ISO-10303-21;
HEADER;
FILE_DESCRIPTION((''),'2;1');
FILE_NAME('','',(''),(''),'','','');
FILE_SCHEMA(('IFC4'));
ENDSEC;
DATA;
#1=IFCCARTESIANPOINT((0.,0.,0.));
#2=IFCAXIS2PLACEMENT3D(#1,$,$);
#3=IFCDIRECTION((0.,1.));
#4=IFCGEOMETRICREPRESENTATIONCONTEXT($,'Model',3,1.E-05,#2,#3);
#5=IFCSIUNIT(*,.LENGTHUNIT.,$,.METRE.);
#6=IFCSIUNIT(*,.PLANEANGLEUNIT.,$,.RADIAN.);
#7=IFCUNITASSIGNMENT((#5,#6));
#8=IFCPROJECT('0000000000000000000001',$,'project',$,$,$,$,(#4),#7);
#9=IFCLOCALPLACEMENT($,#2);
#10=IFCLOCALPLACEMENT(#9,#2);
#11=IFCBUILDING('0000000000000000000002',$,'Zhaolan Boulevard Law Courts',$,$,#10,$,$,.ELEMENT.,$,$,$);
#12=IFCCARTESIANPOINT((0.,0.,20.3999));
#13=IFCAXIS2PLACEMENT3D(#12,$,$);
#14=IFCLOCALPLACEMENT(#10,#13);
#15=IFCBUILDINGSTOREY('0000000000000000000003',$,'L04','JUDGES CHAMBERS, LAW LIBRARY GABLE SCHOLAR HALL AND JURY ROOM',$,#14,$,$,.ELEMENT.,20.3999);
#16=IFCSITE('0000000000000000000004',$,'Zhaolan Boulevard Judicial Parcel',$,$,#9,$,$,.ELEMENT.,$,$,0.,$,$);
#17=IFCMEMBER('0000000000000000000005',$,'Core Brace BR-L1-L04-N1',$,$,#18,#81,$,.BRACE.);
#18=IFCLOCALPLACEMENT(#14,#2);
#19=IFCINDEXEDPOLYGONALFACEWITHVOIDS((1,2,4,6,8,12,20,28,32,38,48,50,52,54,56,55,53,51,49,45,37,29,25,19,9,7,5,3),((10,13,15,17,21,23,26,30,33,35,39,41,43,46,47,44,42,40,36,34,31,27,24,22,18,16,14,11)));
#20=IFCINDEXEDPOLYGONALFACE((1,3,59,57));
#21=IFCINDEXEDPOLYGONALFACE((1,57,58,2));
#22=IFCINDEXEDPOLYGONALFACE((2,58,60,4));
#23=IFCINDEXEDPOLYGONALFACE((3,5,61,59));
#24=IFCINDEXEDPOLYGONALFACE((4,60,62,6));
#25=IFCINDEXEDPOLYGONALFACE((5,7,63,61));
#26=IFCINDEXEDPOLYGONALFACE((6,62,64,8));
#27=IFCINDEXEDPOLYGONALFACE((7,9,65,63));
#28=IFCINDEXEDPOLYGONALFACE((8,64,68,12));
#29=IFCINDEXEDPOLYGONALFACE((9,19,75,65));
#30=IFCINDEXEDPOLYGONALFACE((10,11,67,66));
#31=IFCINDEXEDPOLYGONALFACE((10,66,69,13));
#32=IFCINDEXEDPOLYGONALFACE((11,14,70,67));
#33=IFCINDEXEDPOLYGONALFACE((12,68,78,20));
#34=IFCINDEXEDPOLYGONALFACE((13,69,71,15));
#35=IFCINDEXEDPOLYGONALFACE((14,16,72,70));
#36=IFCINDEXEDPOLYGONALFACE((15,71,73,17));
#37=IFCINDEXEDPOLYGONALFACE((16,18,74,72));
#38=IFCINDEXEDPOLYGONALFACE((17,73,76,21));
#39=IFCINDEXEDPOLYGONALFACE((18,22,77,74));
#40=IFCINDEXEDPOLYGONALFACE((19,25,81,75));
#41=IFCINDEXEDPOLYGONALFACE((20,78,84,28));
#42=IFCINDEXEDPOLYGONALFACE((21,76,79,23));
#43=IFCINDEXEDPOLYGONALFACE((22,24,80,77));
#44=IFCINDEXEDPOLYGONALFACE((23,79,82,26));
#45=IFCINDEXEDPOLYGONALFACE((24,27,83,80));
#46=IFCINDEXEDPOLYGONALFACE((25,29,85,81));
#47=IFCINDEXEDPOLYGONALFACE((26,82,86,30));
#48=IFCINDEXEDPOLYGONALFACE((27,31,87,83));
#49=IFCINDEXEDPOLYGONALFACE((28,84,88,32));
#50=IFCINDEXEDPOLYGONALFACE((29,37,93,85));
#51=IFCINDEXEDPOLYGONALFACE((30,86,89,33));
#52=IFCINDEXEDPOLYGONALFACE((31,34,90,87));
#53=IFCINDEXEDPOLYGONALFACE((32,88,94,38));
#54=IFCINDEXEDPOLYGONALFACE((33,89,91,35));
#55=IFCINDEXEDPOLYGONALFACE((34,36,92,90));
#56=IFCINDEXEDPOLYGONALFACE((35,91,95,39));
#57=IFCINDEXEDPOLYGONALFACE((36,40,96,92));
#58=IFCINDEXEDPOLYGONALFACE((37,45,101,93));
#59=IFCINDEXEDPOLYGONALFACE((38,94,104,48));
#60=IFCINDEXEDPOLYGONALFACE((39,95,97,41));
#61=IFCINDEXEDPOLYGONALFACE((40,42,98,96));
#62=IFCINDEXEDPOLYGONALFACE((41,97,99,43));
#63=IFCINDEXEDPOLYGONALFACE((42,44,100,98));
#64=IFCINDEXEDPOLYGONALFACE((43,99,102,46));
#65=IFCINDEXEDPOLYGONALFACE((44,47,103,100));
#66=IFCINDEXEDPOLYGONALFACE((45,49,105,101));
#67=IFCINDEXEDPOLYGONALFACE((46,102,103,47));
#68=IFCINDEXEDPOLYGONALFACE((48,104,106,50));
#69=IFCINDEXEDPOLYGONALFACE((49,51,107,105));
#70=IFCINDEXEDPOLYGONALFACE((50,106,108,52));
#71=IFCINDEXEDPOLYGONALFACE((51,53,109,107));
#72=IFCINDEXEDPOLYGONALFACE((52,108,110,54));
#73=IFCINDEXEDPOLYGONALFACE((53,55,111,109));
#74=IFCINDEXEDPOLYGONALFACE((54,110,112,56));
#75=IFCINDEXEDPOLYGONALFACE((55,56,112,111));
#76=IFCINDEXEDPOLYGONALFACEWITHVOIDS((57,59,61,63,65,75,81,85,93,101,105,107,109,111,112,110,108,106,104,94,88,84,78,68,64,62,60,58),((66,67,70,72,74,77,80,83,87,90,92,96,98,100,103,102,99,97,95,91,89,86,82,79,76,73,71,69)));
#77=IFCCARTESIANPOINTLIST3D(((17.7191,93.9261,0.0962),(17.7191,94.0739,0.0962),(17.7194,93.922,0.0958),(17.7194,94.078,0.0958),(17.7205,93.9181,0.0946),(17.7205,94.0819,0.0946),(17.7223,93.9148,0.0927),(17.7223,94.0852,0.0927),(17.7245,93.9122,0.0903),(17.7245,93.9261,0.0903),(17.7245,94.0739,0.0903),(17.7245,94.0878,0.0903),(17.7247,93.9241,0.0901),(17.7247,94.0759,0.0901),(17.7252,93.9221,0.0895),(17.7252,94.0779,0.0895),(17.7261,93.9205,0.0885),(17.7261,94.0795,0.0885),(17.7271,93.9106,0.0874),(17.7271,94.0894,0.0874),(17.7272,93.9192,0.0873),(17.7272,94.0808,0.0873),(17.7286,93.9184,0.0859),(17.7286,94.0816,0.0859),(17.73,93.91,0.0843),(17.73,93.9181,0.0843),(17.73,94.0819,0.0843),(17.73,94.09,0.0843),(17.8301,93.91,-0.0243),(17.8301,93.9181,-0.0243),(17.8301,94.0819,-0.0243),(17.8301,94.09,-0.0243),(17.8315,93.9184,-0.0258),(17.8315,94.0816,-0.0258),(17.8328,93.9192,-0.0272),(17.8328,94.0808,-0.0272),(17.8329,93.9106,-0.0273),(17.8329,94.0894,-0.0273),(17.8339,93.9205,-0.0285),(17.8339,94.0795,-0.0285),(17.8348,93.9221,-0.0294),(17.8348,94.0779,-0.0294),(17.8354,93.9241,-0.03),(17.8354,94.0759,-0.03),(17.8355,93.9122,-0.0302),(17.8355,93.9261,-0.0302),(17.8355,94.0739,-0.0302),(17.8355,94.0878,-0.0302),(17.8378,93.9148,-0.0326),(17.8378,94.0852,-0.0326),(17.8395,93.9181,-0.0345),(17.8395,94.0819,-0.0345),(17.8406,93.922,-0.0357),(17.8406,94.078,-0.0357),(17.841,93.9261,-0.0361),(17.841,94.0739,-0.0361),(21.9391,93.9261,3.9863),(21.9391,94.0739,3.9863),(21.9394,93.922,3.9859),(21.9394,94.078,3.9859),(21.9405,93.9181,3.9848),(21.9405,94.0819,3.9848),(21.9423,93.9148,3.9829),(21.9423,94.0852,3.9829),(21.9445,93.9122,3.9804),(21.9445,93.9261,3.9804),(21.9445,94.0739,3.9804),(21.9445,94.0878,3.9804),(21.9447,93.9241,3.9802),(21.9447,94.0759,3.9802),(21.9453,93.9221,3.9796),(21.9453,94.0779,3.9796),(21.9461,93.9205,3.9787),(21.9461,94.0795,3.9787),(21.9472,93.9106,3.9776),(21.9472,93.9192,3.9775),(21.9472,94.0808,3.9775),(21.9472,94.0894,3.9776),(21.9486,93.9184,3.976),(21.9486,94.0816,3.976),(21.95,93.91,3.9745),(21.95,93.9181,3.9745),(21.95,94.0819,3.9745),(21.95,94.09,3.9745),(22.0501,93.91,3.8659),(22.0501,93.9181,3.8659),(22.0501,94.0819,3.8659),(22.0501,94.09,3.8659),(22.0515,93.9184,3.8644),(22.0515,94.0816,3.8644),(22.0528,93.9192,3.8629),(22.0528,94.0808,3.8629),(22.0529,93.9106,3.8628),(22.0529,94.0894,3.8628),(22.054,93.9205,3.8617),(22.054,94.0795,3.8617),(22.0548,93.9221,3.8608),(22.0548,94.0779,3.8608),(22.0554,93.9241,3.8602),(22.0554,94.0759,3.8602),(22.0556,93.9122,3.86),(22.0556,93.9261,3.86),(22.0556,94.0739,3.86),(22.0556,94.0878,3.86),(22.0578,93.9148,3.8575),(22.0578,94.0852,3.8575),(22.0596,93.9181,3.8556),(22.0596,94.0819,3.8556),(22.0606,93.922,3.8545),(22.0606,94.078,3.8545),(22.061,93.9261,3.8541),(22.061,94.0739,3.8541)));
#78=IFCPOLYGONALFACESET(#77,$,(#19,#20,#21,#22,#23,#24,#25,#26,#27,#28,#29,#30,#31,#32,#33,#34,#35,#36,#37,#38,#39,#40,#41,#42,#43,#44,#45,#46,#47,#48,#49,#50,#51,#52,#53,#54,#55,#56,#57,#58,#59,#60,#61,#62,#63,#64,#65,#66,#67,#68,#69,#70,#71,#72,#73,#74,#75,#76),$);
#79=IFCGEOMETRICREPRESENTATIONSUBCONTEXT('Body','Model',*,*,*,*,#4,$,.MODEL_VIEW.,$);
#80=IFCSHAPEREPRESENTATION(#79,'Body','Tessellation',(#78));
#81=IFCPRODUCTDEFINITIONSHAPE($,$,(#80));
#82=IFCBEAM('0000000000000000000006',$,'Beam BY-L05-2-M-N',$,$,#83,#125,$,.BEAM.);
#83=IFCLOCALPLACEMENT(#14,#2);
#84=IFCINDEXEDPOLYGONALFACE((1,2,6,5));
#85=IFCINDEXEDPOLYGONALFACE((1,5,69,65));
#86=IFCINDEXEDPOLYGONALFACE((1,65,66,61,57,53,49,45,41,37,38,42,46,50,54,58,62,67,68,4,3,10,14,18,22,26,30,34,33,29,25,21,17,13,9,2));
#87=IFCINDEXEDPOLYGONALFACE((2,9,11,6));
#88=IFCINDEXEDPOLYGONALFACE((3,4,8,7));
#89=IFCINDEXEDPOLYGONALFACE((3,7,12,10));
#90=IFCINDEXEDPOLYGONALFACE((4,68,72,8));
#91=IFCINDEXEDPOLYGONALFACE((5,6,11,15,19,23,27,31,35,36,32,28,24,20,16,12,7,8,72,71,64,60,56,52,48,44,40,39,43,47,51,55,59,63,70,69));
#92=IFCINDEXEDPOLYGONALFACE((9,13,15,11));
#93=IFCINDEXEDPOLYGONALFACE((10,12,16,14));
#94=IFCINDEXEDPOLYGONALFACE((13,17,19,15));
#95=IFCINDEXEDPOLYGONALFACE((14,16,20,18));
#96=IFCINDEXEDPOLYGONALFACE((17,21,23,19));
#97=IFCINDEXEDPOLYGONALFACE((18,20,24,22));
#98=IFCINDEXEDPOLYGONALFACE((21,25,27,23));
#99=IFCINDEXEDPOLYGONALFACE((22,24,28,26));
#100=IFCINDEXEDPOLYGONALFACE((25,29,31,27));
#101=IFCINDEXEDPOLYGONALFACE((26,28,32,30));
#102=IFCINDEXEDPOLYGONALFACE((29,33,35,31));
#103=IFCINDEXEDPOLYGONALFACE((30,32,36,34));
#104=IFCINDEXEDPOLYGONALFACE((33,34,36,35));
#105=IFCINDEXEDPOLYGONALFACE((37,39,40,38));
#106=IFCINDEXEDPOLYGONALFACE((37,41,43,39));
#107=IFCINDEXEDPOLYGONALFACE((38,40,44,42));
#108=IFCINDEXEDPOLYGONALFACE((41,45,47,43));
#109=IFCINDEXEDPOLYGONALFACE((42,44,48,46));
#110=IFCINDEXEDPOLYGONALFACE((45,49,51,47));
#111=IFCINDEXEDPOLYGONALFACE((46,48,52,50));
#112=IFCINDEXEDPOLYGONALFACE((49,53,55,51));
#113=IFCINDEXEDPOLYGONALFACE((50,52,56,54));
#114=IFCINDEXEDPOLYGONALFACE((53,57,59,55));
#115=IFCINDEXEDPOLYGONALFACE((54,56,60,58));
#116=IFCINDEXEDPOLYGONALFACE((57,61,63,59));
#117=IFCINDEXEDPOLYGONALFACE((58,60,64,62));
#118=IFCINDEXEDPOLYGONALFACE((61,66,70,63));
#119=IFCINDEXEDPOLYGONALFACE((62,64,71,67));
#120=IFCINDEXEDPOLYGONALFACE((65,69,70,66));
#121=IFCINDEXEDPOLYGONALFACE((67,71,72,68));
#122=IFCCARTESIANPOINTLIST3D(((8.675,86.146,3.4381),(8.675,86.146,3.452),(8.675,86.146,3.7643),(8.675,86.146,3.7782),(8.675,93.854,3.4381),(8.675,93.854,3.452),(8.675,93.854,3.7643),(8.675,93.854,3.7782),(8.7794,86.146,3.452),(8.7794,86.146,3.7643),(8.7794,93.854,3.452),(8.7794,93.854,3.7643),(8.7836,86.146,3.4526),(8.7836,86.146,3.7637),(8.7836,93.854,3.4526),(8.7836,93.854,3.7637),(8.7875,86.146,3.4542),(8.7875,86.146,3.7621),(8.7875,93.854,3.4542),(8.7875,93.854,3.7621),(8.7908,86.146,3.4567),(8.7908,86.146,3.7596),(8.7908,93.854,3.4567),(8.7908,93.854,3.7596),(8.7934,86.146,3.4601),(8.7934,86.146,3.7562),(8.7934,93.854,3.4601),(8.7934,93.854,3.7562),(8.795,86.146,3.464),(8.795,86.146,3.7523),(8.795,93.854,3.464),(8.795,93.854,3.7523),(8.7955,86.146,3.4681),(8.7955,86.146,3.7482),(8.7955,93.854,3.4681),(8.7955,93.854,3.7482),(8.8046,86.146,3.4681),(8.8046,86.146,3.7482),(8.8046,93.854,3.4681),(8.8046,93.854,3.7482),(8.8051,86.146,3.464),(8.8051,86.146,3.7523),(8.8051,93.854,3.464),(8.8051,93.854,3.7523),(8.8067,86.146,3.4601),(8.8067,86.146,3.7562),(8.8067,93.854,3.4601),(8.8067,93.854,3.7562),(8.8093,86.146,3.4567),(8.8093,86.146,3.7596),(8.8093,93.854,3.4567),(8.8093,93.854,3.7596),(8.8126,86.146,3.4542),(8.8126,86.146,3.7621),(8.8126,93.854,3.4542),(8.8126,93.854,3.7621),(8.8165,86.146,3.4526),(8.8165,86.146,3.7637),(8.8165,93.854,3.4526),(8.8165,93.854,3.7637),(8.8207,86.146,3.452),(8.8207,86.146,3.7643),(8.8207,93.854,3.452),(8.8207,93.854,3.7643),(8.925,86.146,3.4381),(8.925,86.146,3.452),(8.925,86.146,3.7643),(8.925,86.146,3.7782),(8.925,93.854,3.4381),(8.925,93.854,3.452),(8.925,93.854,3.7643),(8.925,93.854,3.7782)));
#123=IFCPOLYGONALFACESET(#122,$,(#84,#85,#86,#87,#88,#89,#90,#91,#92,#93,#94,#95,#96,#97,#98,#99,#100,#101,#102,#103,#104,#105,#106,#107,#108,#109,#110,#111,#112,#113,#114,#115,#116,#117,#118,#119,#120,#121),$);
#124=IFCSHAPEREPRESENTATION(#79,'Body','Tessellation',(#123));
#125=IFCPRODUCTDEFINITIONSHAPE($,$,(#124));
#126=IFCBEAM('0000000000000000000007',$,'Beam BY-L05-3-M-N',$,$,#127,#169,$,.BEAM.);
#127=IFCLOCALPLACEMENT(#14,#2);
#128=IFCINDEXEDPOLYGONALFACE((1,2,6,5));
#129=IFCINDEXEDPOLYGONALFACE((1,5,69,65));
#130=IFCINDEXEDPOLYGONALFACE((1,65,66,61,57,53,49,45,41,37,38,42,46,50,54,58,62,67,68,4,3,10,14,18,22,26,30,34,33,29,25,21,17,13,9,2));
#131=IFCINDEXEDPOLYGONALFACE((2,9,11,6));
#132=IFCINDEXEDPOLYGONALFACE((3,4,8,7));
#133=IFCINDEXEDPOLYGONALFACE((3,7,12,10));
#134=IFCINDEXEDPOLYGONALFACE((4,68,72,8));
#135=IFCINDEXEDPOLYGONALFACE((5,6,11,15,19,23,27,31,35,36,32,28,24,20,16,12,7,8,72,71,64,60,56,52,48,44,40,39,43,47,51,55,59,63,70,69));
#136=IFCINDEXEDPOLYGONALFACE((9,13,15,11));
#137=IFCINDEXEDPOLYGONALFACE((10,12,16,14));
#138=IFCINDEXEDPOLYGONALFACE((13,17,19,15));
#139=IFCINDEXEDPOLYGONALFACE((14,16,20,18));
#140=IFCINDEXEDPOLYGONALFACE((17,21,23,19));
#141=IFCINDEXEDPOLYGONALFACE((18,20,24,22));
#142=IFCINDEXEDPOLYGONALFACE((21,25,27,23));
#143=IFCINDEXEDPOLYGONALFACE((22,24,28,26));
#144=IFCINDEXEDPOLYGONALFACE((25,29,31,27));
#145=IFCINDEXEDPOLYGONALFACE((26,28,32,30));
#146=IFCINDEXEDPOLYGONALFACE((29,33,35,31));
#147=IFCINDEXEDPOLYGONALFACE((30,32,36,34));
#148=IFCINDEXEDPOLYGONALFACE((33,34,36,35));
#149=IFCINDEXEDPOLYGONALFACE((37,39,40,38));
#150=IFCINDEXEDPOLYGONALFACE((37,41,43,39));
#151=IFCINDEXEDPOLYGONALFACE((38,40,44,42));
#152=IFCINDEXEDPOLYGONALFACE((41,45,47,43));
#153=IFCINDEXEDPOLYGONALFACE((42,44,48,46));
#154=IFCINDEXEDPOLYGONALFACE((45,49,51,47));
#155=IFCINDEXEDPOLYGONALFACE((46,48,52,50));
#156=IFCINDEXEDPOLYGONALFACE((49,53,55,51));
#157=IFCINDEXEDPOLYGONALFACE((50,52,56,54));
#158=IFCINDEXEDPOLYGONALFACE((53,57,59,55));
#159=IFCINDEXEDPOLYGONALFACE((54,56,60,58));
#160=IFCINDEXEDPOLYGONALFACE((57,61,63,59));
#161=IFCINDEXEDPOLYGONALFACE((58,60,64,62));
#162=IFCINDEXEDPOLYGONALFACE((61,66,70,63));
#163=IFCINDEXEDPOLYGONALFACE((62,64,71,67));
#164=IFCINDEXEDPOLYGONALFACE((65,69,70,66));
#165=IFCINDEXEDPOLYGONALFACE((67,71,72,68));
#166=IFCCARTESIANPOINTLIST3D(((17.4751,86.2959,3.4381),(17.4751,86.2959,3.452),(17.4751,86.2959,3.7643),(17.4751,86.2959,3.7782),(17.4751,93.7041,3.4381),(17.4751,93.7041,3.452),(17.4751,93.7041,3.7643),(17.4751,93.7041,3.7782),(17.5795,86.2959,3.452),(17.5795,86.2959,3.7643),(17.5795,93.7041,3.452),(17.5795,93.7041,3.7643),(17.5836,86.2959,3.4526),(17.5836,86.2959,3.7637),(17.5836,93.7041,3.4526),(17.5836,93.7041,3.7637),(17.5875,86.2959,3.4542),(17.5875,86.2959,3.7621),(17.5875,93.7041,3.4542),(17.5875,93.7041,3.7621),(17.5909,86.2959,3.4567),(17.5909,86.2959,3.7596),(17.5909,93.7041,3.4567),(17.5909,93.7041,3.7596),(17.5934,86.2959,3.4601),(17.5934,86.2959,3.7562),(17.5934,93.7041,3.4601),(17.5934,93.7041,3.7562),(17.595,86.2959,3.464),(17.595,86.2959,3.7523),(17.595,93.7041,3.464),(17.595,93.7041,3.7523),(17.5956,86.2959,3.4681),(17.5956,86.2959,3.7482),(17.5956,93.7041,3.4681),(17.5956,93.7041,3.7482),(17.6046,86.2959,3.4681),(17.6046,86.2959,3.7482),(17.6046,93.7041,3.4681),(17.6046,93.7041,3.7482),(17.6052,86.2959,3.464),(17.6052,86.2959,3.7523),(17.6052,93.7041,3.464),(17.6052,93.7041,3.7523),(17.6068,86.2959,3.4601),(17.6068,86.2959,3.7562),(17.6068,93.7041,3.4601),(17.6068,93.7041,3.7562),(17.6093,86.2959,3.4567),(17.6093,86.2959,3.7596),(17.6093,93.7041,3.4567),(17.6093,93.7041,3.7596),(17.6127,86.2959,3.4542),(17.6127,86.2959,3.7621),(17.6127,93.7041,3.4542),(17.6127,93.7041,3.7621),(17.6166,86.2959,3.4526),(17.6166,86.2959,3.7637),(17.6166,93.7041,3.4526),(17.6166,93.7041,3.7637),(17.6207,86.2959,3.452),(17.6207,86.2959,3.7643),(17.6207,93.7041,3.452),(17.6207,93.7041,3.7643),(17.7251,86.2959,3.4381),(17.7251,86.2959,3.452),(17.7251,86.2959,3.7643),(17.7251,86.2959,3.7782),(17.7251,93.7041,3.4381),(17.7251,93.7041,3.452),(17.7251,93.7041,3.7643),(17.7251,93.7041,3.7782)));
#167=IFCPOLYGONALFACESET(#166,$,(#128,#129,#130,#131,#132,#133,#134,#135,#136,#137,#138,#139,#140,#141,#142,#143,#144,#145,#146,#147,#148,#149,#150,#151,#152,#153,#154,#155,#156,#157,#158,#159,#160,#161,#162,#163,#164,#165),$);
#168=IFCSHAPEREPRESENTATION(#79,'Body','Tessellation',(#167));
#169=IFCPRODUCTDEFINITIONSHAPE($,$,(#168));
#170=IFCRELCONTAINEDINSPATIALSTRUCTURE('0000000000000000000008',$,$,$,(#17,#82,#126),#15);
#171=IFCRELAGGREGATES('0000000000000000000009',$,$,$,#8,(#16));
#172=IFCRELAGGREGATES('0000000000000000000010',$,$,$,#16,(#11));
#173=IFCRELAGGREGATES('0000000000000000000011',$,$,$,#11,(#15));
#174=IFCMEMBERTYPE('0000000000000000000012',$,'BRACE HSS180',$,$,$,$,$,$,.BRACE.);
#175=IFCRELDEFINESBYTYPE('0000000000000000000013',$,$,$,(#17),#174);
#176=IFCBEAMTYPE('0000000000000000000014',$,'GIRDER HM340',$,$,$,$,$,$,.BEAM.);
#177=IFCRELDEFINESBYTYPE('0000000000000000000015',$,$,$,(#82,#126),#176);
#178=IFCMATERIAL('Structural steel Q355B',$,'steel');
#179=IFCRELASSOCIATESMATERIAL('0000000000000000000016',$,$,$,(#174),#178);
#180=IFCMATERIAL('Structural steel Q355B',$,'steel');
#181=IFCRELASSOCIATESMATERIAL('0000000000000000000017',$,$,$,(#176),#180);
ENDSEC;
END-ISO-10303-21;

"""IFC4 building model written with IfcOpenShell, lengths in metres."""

from ifc_helpers import new_model, si_unit, direction, frame, origin, origin_2d, place, context, subcontext, project, spatial, hollow_rectangle, i_section, extrude, material, material_profile, profile_set, type_object, element, save


model = new_model("IFC4")

# Units and contexts
model_context = context("Model", 3, precision=1e-05, world=origin(), true_north=direction((0.0, 1.0)))
body_context = subcontext(model_context, "Body", "Model", "MODEL_VIEW")
ifc_project = project(units=[si_unit("LENGTHUNIT", "METRE"), si_unit("PLANEANGLEUNIT", "RADIAN")], contexts=[model_context])

# Site, building, storey
site_placement = place(None, origin())
site = spatial("IfcSite", under=ifc_project, at=site_placement, Name="Zhaolan Boulevard Judicial Parcel", CompositionType="ELEMENT", RefElevation=0.0)
building_placement = place(site_placement, origin())
building = spatial("IfcBuilding", under=site, at=building_placement, Name="Zhaolan Boulevard Law Courts", CompositionType="ELEMENT")
storey_placement = place(building_placement, frame((0.0, 0.0, 20.3999)))
storey = spatial("IfcBuildingStorey", under=building, at=storey_placement, Name="L04", Description="JUDGES CHAMBERS, LAW LIBRARY GABLE SCHOLAR HALL AND JURY ROOM", CompositionType="ELEMENT", Elevation=20.3999)

# Member
ifc_material_1 = material(Name="Structural steel Q355B", Category="steel")
ifc_material_profile_1 = material_profile(ifc_material_1, hollow_rectangle(XDim=0.1799, YDim=0.1799, WallThickness=0.0081, InnerFilletRadius=0.0081, OuterFilletRadius=0.0161, at=origin_2d()), Name="HSS180x180x8")
ifc_profile_set_1 = profile_set([ifc_material_profile_1], Name="Structural steel Q355B")
member_type_1 = type_object("IfcMemberType", Name="BRACE HSS180", PredefinedType="BRACE", material=ifc_profile_set_1)
member_1_placement = place(storey_placement, frame((17.78, 94.0, 0.03), z_axis=(0.735257, 0.0, 0.677789), x_axis=(0.0, 1.0, 0.0)))
element("IfcMember", 1, at=member_1_placement, inside=storey, type_object=member_type_1, Name="Core Brace BR-L1-L04-N1", PredefinedType="BRACE", context=body_context, shape_type="SweptSolid", body=[
    extrude(hollow_rectangle(XDim=0.1799, YDim=0.1799, WallThickness=0.0081, InnerFilletRadius=0.0081, OuterFilletRadius=0.0161, at=origin_2d()), origin(), (0.0, 0.0, 1.0), 5.7395),
])

# Beams
ifc_material_2 = material(Name="Structural steel Q355B", Category="steel")
ifc_material_profile_2 = material_profile(ifc_material_2, i_section(OverallWidth=0.25, OverallDepth=0.3401, WebThickness=0.009, FlangeThickness=0.0139, FilletRadius=0.0161, at=origin_2d()), Name="HM340x250")
ifc_profile_set_2 = profile_set([ifc_material_profile_2], Name="Structural steel Q355B")
beam_type_1 = type_object("IfcBeamType", Name="GIRDER HM340", PredefinedType="BEAM", material=ifc_profile_set_2)
beam_1_placement = place(storey_placement, frame((8.8, 86.146, 3.6082), z_axis=(0.0, 1.0, 0.0), x_axis=(-1.0, 0.0, 0.0)))
element("IfcBeam", 2, at=beam_1_placement, inside=storey, type_object=beam_type_1, Name="Beam BY-L05-2-M-N", PredefinedType="BEAM", context=body_context, shape_type="SweptSolid", body=[
    extrude(i_section(OverallWidth=0.25, OverallDepth=0.3401, WebThickness=0.009, FlangeThickness=0.0139, FilletRadius=0.0161, at=origin_2d()), origin(), (0.0, 0.0, 1.0), 7.708),
])
for number, where, z_axis, x_axis, name in (
    (3, (17.6001, 86.2959, 3.6082), (0.0, 1.0, 0.0), (-1.0, 0.0, 0.0), "Beam BY-L05-3-M-N"),
):
    element("IfcBeam", number, at=place(storey_placement, frame(where, z_axis=z_axis, x_axis=x_axis)), inside=storey, type_object=beam_type_1, Name=name, PredefinedType="BEAM", context=body_context, shape_type="SweptSolid", body=[
        extrude(i_section(OverallWidth=0.25, OverallDepth=0.3401, WebThickness=0.009, FlangeThickness=0.0139, FilletRadius=0.0161, at=origin_2d()), origin(), (0.0, 0.0, 1.0), 7.4082),
    ])

save(model, "model.ifc")
